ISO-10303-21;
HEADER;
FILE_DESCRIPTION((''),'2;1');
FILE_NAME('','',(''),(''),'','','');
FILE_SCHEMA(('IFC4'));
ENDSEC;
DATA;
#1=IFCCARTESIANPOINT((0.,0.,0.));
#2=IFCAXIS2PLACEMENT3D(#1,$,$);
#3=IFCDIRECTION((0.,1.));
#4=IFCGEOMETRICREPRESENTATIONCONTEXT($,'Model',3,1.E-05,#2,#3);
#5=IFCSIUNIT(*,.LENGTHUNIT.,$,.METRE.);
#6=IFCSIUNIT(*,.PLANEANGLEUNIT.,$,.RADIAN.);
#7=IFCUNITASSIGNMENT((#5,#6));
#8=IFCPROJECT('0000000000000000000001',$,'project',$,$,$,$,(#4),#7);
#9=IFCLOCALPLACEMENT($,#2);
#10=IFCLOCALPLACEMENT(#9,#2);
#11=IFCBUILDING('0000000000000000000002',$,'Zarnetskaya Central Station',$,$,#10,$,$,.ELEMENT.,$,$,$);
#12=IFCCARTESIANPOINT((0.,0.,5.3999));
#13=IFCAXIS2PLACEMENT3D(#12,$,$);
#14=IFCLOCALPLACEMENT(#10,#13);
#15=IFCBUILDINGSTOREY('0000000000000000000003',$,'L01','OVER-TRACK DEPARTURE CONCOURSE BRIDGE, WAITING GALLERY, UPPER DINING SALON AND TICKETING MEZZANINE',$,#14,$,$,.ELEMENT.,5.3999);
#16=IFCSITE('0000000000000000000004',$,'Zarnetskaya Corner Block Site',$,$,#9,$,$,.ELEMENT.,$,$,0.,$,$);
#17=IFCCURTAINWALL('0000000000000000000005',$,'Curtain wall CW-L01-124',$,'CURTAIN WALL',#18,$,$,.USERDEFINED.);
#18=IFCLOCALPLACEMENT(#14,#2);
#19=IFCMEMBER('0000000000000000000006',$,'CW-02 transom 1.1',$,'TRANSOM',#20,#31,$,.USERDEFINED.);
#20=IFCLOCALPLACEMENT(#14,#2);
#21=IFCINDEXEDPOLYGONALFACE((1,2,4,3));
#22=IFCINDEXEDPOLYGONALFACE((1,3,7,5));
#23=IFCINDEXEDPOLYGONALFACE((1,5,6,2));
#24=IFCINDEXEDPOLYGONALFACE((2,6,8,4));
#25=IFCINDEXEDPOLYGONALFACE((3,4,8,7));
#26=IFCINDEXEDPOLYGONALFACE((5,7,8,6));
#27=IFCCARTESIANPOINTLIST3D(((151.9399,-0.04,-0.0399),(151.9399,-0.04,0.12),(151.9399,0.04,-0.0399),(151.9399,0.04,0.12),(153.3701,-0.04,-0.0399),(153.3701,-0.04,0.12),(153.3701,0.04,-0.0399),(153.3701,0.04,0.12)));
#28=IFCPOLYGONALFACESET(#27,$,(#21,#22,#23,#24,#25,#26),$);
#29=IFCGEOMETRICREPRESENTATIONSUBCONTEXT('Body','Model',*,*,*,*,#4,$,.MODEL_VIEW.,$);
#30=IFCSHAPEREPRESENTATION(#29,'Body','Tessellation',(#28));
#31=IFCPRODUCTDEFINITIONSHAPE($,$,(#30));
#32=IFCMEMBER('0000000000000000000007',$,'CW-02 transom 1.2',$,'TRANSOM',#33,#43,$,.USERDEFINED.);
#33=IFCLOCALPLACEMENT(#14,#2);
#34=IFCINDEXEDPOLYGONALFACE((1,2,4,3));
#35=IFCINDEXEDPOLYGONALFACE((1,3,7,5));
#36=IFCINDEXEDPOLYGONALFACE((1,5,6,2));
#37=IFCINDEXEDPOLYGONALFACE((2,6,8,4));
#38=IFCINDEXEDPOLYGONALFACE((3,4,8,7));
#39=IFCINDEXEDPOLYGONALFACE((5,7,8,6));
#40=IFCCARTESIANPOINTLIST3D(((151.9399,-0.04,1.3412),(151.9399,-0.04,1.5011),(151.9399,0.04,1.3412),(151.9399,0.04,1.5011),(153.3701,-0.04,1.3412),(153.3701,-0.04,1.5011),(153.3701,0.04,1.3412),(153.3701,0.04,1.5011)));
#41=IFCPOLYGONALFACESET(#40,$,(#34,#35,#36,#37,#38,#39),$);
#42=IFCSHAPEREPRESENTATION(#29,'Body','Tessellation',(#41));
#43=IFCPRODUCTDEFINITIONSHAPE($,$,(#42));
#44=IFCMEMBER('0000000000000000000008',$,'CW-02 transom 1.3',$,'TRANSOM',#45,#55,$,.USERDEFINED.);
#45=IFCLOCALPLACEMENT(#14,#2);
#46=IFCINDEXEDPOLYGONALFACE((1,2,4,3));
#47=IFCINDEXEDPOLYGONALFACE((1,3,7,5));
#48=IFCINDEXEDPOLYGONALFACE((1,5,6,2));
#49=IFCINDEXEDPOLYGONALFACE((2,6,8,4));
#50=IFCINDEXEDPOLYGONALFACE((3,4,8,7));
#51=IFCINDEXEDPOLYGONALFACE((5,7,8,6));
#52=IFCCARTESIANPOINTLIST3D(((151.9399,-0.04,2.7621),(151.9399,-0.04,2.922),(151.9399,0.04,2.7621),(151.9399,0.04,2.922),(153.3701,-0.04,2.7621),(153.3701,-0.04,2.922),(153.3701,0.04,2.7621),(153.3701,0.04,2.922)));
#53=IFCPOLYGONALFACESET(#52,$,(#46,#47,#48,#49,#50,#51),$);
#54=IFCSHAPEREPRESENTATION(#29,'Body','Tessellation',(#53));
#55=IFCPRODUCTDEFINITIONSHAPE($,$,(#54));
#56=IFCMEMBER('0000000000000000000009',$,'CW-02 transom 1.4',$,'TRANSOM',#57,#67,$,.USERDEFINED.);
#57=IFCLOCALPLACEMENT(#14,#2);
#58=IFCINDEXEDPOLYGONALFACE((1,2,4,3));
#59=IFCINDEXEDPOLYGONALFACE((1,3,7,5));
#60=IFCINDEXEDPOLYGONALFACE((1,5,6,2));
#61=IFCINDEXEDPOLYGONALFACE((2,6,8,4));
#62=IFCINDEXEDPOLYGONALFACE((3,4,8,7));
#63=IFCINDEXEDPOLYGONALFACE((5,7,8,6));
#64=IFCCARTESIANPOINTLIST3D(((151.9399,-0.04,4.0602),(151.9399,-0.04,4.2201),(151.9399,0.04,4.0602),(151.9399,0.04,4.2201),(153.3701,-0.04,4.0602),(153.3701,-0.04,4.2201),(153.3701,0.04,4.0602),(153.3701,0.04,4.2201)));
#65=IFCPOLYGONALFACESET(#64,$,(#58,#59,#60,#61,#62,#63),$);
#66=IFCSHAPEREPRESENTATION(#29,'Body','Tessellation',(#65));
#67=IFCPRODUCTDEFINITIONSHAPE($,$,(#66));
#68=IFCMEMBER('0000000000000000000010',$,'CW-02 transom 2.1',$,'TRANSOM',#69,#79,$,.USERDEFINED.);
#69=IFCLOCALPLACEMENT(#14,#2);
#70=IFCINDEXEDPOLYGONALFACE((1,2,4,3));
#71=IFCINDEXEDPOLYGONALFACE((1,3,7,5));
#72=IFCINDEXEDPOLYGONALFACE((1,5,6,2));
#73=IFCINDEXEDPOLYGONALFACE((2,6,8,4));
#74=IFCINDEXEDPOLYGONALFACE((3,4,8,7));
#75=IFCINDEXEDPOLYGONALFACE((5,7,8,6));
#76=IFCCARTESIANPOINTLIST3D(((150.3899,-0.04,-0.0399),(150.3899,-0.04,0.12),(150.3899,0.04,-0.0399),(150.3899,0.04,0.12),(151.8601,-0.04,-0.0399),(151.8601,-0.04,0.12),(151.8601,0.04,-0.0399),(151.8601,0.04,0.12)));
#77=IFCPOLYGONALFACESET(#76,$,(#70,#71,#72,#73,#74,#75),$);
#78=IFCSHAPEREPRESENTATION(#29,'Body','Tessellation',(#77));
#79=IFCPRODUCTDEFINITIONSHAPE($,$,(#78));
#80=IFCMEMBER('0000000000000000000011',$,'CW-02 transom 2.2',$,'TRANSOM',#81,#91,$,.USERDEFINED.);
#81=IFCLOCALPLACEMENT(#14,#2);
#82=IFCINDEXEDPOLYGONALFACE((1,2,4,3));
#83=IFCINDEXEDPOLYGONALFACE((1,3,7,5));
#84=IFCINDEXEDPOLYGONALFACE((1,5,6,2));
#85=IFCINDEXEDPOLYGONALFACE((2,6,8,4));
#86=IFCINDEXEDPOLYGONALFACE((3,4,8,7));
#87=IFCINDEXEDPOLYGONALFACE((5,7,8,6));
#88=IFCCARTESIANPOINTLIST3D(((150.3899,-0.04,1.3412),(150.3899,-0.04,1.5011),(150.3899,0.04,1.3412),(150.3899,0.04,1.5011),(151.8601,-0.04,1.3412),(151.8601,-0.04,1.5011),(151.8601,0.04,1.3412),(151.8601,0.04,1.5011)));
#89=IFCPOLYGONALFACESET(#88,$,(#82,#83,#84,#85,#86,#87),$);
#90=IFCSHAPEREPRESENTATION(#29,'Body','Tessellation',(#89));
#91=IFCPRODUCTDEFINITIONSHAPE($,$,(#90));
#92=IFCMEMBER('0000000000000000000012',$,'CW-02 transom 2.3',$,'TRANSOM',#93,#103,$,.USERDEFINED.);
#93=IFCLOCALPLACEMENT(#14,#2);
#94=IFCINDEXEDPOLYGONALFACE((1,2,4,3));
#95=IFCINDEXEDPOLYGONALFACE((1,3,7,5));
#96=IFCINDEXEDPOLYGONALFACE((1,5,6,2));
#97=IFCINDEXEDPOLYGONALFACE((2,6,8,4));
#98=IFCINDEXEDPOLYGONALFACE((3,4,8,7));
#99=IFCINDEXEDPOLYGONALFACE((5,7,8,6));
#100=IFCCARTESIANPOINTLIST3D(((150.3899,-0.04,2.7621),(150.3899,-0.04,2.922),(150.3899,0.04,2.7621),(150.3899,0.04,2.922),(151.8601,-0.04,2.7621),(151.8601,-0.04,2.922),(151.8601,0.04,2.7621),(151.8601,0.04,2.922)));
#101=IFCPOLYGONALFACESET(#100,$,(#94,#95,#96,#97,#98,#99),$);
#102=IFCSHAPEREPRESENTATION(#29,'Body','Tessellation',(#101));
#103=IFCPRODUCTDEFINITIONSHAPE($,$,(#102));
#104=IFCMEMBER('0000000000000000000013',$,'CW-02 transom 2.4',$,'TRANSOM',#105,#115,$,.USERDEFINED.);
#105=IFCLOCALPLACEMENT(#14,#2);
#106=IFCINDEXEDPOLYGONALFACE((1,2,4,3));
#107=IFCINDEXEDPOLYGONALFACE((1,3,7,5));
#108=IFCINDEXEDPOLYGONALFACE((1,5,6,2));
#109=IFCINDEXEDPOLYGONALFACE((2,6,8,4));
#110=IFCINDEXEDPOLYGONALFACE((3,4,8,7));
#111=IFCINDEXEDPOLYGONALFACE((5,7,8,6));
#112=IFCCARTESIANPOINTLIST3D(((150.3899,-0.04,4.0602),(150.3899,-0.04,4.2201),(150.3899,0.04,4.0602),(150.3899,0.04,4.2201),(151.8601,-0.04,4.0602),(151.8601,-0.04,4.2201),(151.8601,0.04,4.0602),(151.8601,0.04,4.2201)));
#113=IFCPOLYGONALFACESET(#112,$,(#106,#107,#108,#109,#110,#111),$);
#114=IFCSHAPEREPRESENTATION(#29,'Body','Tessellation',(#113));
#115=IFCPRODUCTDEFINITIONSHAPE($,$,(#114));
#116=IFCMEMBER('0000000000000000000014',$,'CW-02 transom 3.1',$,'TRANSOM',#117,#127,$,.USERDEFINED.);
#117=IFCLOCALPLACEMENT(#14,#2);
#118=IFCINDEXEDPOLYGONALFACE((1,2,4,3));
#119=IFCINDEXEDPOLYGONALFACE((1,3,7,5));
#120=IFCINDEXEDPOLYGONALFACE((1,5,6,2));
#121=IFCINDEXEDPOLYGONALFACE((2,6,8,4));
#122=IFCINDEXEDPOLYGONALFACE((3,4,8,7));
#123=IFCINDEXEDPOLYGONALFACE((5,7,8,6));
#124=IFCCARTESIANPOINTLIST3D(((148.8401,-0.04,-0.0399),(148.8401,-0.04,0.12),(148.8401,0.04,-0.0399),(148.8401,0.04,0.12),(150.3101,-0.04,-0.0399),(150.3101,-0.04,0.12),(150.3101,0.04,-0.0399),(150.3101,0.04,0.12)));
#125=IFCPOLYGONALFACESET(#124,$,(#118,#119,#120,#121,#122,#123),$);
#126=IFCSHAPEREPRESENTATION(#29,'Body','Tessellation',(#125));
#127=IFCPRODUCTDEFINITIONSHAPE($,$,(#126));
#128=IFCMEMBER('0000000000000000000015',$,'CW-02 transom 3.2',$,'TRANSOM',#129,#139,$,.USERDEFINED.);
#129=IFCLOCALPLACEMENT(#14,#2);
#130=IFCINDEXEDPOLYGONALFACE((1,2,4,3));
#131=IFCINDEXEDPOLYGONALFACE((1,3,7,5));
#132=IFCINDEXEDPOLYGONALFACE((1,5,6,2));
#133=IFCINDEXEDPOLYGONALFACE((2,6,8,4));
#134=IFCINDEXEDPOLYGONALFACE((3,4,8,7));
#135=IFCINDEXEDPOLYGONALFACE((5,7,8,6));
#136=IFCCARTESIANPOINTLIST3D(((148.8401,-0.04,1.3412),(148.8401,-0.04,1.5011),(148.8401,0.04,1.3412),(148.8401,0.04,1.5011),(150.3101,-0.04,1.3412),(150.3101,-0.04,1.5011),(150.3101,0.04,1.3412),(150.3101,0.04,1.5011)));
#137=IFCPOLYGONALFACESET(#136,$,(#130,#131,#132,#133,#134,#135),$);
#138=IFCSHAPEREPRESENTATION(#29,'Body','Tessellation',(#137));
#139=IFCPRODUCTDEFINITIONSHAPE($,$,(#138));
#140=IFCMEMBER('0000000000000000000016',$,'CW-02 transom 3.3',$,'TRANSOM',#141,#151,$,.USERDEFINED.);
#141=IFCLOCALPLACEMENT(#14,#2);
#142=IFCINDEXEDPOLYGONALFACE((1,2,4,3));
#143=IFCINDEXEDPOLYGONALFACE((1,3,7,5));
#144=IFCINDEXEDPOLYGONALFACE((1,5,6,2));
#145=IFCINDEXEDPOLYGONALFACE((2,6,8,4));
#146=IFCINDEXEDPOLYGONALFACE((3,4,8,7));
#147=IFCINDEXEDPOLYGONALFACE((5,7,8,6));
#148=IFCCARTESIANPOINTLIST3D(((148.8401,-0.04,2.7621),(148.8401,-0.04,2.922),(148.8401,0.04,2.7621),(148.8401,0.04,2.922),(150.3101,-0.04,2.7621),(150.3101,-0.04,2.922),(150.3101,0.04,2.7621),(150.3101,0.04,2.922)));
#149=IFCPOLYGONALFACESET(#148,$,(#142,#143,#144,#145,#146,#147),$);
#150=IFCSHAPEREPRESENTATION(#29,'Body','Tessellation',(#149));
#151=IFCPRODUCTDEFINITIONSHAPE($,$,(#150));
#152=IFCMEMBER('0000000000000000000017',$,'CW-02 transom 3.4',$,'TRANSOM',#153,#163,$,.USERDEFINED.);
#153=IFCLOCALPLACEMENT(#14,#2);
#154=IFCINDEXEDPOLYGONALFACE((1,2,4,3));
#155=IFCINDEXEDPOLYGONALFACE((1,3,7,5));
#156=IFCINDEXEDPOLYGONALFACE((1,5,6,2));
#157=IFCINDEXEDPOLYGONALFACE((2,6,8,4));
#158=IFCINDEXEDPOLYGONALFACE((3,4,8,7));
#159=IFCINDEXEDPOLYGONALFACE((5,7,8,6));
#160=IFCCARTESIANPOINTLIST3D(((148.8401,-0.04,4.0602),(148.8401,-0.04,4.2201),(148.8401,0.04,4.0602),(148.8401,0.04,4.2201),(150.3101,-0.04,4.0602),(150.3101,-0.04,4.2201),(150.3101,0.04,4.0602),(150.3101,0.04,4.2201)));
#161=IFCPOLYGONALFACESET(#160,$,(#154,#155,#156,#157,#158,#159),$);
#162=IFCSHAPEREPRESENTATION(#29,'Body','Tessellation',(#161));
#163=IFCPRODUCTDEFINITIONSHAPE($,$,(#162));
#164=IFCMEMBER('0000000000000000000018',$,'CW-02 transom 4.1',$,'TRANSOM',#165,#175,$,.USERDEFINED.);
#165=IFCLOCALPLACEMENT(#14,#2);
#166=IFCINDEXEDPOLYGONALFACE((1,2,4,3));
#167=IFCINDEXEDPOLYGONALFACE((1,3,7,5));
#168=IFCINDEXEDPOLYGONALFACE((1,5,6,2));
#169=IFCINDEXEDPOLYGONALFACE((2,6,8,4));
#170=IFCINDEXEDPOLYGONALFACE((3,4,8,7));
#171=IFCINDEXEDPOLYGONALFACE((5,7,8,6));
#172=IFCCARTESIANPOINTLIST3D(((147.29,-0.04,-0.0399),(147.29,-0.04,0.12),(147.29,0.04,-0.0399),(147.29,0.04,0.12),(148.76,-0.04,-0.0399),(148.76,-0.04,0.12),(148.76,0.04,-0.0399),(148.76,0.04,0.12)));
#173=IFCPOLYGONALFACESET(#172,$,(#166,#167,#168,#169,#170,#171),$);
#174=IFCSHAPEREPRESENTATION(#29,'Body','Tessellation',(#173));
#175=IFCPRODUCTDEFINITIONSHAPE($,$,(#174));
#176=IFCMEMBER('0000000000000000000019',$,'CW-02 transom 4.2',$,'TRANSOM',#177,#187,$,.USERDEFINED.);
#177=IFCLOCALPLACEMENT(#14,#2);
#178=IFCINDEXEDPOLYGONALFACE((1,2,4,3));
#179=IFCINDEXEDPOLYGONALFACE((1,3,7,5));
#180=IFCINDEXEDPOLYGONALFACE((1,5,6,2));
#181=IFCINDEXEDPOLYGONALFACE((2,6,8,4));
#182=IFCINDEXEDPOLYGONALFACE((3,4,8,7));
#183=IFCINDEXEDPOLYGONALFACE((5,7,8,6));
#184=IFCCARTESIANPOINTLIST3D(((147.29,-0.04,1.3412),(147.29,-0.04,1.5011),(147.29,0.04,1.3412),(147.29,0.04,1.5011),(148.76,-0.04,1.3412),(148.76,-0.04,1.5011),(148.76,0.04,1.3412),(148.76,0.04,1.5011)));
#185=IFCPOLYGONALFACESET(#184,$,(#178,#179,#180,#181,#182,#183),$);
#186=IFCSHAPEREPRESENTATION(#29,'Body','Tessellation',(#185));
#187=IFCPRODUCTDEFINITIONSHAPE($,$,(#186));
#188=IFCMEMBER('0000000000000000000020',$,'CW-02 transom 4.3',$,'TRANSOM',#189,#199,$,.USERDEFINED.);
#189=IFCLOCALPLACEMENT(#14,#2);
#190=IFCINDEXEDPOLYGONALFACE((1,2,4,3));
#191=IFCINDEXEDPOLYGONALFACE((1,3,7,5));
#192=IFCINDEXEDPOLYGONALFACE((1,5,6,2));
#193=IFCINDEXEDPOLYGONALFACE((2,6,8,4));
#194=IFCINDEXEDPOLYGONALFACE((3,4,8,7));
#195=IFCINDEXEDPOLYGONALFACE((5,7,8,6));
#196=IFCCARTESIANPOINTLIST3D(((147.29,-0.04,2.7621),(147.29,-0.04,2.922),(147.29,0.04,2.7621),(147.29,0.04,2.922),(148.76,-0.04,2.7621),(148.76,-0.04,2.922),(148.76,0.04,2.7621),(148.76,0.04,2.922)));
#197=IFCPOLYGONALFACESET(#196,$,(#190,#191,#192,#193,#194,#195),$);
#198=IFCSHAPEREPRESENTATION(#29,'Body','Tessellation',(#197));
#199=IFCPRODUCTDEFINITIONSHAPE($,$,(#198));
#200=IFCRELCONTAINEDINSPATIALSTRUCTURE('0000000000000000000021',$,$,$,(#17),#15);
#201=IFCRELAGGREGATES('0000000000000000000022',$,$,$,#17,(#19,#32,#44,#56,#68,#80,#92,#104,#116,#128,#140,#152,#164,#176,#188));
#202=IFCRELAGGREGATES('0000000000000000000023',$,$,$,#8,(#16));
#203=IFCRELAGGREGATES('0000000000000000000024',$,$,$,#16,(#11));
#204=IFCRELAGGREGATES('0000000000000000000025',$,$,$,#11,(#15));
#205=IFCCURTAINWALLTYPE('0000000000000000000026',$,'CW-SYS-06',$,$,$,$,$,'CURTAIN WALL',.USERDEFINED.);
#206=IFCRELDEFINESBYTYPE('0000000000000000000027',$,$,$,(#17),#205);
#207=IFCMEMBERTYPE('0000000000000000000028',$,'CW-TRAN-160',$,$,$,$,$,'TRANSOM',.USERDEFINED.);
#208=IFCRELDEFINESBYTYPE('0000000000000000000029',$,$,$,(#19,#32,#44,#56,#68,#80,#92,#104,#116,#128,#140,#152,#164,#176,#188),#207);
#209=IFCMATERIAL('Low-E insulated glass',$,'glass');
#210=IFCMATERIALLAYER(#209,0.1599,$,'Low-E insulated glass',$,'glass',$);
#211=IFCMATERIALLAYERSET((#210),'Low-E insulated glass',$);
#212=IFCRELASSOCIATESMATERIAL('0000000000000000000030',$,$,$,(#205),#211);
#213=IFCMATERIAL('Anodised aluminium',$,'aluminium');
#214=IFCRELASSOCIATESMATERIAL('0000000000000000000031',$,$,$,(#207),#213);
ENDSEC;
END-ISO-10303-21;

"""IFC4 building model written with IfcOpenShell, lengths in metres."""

from ifc_helpers import new_model, si_unit, direction, frame, origin, origin_2d, place, context, subcontext, project, spatial, rectangle, extrude, material, layer, layer_set, material_profile, profile_set, type_object, element, aggregate, save


model = new_model("IFC4")

# Units and contexts
model_context = context("Model", 3, precision=1e-05, world=origin(), true_north=direction((0.0, 1.0)))
body_context = subcontext(model_context, "Body", "Model", "MODEL_VIEW")
ifc_project = project(units=[si_unit("LENGTHUNIT", "METRE"), si_unit("PLANEANGLEUNIT", "RADIAN")], contexts=[model_context])

# Site, building, storey
site_placement = place(None, origin())
site = spatial("IfcSite", under=ifc_project, at=site_placement, Name="Zarnetskaya Corner Block Site", CompositionType="ELEMENT", RefElevation=0.0)
building_placement = place(site_placement, origin())
building = spatial("IfcBuilding", under=site, at=building_placement, Name="Zarnetskaya Central Station", CompositionType="ELEMENT")
storey_placement = place(building_placement, frame((0.0, 0.0, 5.3999)))
storey = spatial("IfcBuildingStorey", under=building, at=storey_placement, Name="L01", Description="OVER-TRACK DEPARTURE CONCOURSE BRIDGE, WAITING GALLERY, UPPER DINING SALON AND TICKETING MEZZANINE", CompositionType="ELEMENT", Elevation=5.3999)

# Shared definitions
ifc_material_1 = material(Name="Low-E insulated glass", Category="glass")
ifc_layer_1 = layer(ifc_material_1, 0.1599, Name="Low-E insulated glass", Category="glass")
ifc_layer_set_1 = layer_set([ifc_layer_1], Name="Low-E insulated glass")
curtain_wall_type = type_object("IfcCurtainWallType", Name="CW-SYS-06", ElementType="CURTAIN WALL", PredefinedType="USERDEFINED", material=ifc_layer_set_1)
ifc_material_2 = material(Name="Anodised aluminium", Category="aluminium")

# Curtain wall
curtain_wall_1_placement = place(storey_placement, origin())
curtain_wall_1 = element("IfcCurtainWall", 1, at=curtain_wall_1_placement, inside=storey, type_object=curtain_wall_type, Name="Curtain wall CW-L01-124", ObjectType="CURTAIN WALL", PredefinedType="USERDEFINED")

# Members
ifc_material_profile_1 = material_profile(ifc_material_2, rectangle(XDim=0.0801, YDim=0.1599, at=origin_2d()), Name="ALU TRAN 80x160")
ifc_profile_set_1 = profile_set([ifc_material_profile_1], Name="Anodised aluminium")
member_type_1 = type_object("IfcMemberType", Name="CW-TRAN-160", ElementType="TRANSOM", PredefinedType="USERDEFINED", material=ifc_profile_set_1)
member_1_placement = place(storey_placement, frame((153.3701, 0.0, 0.04), z_axis=(-1.0, 0.0, 0.0), x_axis=(0.0, -1.0, 0.0)))
member_1 = element("IfcMember", 2, at=member_1_placement, type_object=member_type_1, Name="CW-02 transom 1.1", ObjectType="TRANSOM", PredefinedType="USERDEFINED", context=body_context, shape_type="SweptSolid", body=[
    extrude(rectangle(XDim=0.0801, YDim=0.1599, at=origin_2d()), origin(), (0.0, 0.0, 1.0), 1.4302),
])
member_2_placement = place(storey_placement, frame((153.3701, 0.0, 1.4211), z_axis=(-1.0, 0.0, 0.0), x_axis=(0.0, -1.0, 0.0)))
member_2 = element("IfcMember", 3, at=member_2_placement, type_object=member_type_1, Name="CW-02 transom 1.2", ObjectType="TRANSOM", PredefinedType="USERDEFINED", context=body_context, shape_type="SweptSolid", body=[
    extrude(rectangle(XDim=0.0801, YDim=0.1599, at=origin_2d()), origin(), (0.0, 0.0, 1.0), 1.4302),
])
member_3_placement = place(storey_placement, frame((153.3701, 0.0, 2.842), z_axis=(-1.0, 0.0, 0.0), x_axis=(0.0, -1.0, 0.0)))
member_3 = element("IfcMember", 4, at=member_3_placement, type_object=member_type_1, Name="CW-02 transom 1.3", ObjectType="TRANSOM", PredefinedType="USERDEFINED", context=body_context, shape_type="SweptSolid", body=[
    extrude(rectangle(XDim=0.0801, YDim=0.1599, at=origin_2d()), origin(), (0.0, 0.0, 1.0), 1.4302),
])
member_4_placement = place(storey_placement, frame((153.3701, 0.0, 4.1401), z_axis=(-1.0, 0.0, 0.0), x_axis=(0.0, -1.0, 0.0)))
member_4 = element("IfcMember", 5, at=member_4_placement, type_object=member_type_1, Name="CW-02 transom 1.4", ObjectType="TRANSOM", PredefinedType="USERDEFINED", context=body_context, shape_type="SweptSolid", body=[
    extrude(rectangle(XDim=0.0801, YDim=0.1599, at=origin_2d()), origin(), (0.0, 0.0, 1.0), 1.4302),
])
member_5_placement = place(storey_placement, frame((151.8601, 0.0, 0.04), z_axis=(-1.0, 0.0, 0.0), x_axis=(0.0, -1.0, 0.0)))
member_5 = element("IfcMember", 6, at=member_5_placement, type_object=member_type_1, Name="CW-02 transom 2.1", ObjectType="TRANSOM", PredefinedType="USERDEFINED", context=body_context, shape_type="SweptSolid", body=[
    extrude(rectangle(XDim=0.0801, YDim=0.1599, at=origin_2d()), origin(), (0.0, 0.0, 1.0), 1.4702),
])
member_6_placement = place(storey_placement, frame((151.8601, 0.0, 1.4211), z_axis=(-1.0, 0.0, 0.0), x_axis=(0.0, -1.0, 0.0)))
member_6 = element("IfcMember", 7, at=member_6_placement, type_object=member_type_1, Name="CW-02 transom 2.2", ObjectType="TRANSOM", PredefinedType="USERDEFINED", context=body_context, shape_type="SweptSolid", body=[
    extrude(rectangle(XDim=0.0801, YDim=0.1599, at=origin_2d()), origin(), (0.0, 0.0, 1.0), 1.4702),
])
member_7_placement = place(storey_placement, frame((151.8601, 0.0, 2.842), z_axis=(-1.0, 0.0, 0.0), x_axis=(0.0, -1.0, 0.0)))
member_7 = element("IfcMember", 8, at=member_7_placement, type_object=member_type_1, Name="CW-02 transom 2.3", ObjectType="TRANSOM", PredefinedType="USERDEFINED", context=body_context, shape_type="SweptSolid", body=[
    extrude(rectangle(XDim=0.0801, YDim=0.1599, at=origin_2d()), origin(), (0.0, 0.0, 1.0), 1.4702),
])
member_8_placement = place(storey_placement, frame((151.8601, 0.0, 4.1401), z_axis=(-1.0, 0.0, 0.0), x_axis=(0.0, -1.0, 0.0)))
member_8 = element("IfcMember", 9, at=member_8_placement, type_object=member_type_1, Name="CW-02 transom 2.4", ObjectType="TRANSOM", PredefinedType="USERDEFINED", context=body_context, shape_type="SweptSolid", body=[
    extrude(rectangle(XDim=0.0801, YDim=0.1599, at=origin_2d()), origin(), (0.0, 0.0, 1.0), 1.4702),
])
member_9_placement = place(storey_placement, frame((150.3101, 0.0, 0.04), z_axis=(-1.0, 0.0, 0.0), x_axis=(0.0, -1.0, 0.0)))
member_9 = element("IfcMember", 10, at=member_9_placement, type_object=member_type_1, Name="CW-02 transom 3.1", ObjectType="TRANSOM", PredefinedType="USERDEFINED", context=body_context, shape_type="SweptSolid", body=[
    extrude(rectangle(XDim=0.0801, YDim=0.1599, at=origin_2d()), origin(), (0.0, 0.0, 1.0), 1.47),
])
member_10_placement = place(storey_placement, frame((150.3101, 0.0, 1.4211), z_axis=(-1.0, 0.0, 0.0), x_axis=(0.0, -1.0, 0.0)))
member_10 = element("IfcMember", 11, at=member_10_placement, type_object=member_type_1, Name="CW-02 transom 3.2", ObjectType="TRANSOM", PredefinedType="USERDEFINED", context=body_context, shape_type="SweptSolid", body=[
    extrude(rectangle(XDim=0.0801, YDim=0.1599, at=origin_2d()), origin(), (0.0, 0.0, 1.0), 1.47),
])
member_11_placement = place(storey_placement, frame((150.3101, 0.0, 2.842), z_axis=(-1.0, 0.0, 0.0), x_axis=(0.0, -1.0, 0.0)))
member_11 = element("IfcMember", 12, at=member_11_placement, type_object=member_type_1, Name="CW-02 transom 3.3", ObjectType="TRANSOM", PredefinedType="USERDEFINED", context=body_context, shape_type="SweptSolid", body=[
    extrude(rectangle(XDim=0.0801, YDim=0.1599, at=origin_2d()), origin(), (0.0, 0.0, 1.0), 1.47),
])
member_12_placement = place(storey_placement, frame((150.3101, 0.0, 4.1401), z_axis=(-1.0, 0.0, 0.0), x_axis=(0.0, -1.0, 0.0)))
member_12 = element("IfcMember", 13, at=member_12_placement, type_object=member_type_1, Name="CW-02 transom 3.4", ObjectType="TRANSOM", PredefinedType="USERDEFINED", context=body_context, shape_type="SweptSolid", body=[
    extrude(rectangle(XDim=0.0801, YDim=0.1599, at=origin_2d()), origin(), (0.0, 0.0, 1.0), 1.47),
])
member_13_placement = place(storey_placement, frame((148.76, 0.0, 0.04), z_axis=(-1.0, 0.0, 0.0), x_axis=(0.0, -1.0, 0.0)))
member_13 = element("IfcMember", 14, at=member_13_placement, type_object=member_type_1, Name="CW-02 transom 4.1", ObjectType="TRANSOM", PredefinedType="USERDEFINED", context=body_context, shape_type="SweptSolid", body=[
    extrude(rectangle(XDim=0.0801, YDim=0.1599, at=origin_2d()), origin(), (0.0, 0.0, 1.0), 1.47),
])
member_14_placement = place(storey_placement, frame((148.76, 0.0, 1.4211), z_axis=(-1.0, 0.0, 0.0), x_axis=(0.0, -1.0, 0.0)))
member_14 = element("IfcMember", 15, at=member_14_placement, type_object=member_type_1, Name="CW-02 transom 4.2", ObjectType="TRANSOM", PredefinedType="USERDEFINED", context=body_context, shape_type="SweptSolid", body=[
    extrude(rectangle(XDim=0.0801, YDim=0.1599, at=origin_2d()), origin(), (0.0, 0.0, 1.0), 1.47),
])
member_15_placement = place(storey_placement, frame((148.76, 0.0, 2.842), z_axis=(-1.0, 0.0, 0.0), x_axis=(0.0, -1.0, 0.0)))
member_15 = element("IfcMember", 16, at=member_15_placement, type_object=member_type_1, Name="CW-02 transom 4.3", ObjectType="TRANSOM", PredefinedType="USERDEFINED", context=body_context, shape_type="SweptSolid", body=[
    extrude(rectangle(XDim=0.0801, YDim=0.1599, at=origin_2d()), origin(), (0.0, 0.0, 1.0), 1.47),
])

aggregate(curtain_wall_1, [member_1, member_2, member_3, member_4, member_5, member_6, member_7, member_8, member_9, member_10, member_11, member_12, member_13, member_14, member_15])

save(model, "model.ifc")
